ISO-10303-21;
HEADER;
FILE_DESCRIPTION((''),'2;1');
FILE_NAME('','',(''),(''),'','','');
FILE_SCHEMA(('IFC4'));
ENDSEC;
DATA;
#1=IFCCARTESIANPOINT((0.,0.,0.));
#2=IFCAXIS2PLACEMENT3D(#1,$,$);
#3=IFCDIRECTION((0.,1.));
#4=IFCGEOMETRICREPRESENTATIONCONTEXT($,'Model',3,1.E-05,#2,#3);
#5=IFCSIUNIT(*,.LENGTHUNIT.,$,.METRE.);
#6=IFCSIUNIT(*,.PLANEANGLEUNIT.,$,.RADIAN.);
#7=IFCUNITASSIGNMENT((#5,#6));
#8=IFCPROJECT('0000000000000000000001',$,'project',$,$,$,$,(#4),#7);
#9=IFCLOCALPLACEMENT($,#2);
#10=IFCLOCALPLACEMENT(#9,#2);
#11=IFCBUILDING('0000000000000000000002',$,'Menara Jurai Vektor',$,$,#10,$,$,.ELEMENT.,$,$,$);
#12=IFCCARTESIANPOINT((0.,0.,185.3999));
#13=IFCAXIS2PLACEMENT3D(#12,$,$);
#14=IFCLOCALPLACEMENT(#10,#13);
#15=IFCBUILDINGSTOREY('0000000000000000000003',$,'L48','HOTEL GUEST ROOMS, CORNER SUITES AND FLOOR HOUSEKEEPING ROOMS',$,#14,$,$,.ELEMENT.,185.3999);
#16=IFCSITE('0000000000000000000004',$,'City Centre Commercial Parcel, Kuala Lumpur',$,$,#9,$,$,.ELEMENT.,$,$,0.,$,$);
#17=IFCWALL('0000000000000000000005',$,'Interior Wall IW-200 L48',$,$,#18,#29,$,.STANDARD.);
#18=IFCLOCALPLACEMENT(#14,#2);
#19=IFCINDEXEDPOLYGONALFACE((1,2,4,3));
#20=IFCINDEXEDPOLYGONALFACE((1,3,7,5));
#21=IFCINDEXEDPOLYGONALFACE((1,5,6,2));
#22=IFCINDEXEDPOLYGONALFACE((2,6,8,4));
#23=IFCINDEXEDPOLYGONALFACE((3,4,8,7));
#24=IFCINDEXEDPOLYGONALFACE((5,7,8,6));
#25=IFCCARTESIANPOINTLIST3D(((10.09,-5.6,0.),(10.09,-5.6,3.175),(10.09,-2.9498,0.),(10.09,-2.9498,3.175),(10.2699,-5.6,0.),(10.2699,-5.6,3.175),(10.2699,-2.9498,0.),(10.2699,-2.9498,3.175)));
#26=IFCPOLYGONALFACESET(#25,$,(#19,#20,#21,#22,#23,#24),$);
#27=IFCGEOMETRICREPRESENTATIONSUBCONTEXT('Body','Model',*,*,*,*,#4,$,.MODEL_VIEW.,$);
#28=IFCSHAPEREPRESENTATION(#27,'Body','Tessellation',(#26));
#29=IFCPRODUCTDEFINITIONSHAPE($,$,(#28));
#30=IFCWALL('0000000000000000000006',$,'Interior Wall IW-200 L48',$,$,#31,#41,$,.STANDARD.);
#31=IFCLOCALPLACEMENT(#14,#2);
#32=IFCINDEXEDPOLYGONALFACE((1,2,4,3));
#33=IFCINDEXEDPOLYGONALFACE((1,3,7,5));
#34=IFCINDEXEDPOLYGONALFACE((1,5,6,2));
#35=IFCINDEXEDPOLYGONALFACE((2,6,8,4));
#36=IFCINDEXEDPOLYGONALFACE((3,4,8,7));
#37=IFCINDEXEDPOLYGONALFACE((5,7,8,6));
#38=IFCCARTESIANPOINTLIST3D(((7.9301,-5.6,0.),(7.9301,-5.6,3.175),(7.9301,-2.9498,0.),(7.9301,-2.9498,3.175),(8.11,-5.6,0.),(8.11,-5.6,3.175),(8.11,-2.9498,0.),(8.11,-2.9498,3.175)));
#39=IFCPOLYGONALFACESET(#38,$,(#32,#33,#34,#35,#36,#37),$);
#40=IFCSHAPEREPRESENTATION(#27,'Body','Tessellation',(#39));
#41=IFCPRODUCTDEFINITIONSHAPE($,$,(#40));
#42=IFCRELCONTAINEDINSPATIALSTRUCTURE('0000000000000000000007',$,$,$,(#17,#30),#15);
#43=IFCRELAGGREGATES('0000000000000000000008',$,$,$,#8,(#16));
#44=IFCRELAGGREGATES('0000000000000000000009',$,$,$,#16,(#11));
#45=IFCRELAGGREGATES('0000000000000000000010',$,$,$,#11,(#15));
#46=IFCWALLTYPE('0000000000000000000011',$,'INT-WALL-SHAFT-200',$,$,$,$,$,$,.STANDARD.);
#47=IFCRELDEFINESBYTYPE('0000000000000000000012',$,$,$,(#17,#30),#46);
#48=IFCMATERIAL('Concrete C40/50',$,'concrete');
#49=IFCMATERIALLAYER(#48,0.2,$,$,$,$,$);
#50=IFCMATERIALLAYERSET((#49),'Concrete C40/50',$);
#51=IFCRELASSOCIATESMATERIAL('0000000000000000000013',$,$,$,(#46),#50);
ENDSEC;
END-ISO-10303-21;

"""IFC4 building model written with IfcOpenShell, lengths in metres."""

from ifc_helpers import new_model, si_unit, direction, frame, frame_2d, origin, place, context, subcontext, project, spatial, rectangle, extrude, material, layer, layer_set, type_object, element, save


model = new_model("IFC4")

# Units and contexts
model_context = context("Model", 3, precision=1e-05, world=origin(), true_north=direction((0.0, 1.0)))
body_context = subcontext(model_context, "Body", "Model", "MODEL_VIEW")
ifc_project = project(units=[si_unit("LENGTHUNIT", "METRE"), si_unit("PLANEANGLEUNIT", "RADIAN")], contexts=[model_context])

# Site, building, storey
site_placement = place(None, origin())
site = spatial("IfcSite", under=ifc_project, at=site_placement, Name="City Centre Commercial Parcel, Kuala Lumpur", CompositionType="ELEMENT", RefElevation=0.0)
building_placement = place(site_placement, origin())
building = spatial("IfcBuilding", under=site, at=building_placement, Name="Menara Jurai Vektor", CompositionType="ELEMENT")
storey_placement = place(building_placement, frame((0.0, 0.0, 185.3999)))
storey = spatial("IfcBuildingStorey", under=building, at=storey_placement, Name="L48", Description="HOTEL GUEST ROOMS, CORNER SUITES AND FLOOR HOUSEKEEPING ROOMS", CompositionType="ELEMENT", Elevation=185.3999)

# Shared definitions
ifc_material_1 = material(Name="Concrete C40/50", Category="concrete")

# Shared definitions
ifc_layer_1 = layer(ifc_material_1, 0.2)
ifc_layer_set_1 = layer_set([ifc_layer_1], Name="Concrete C40/50")
wall_type_1 = type_object("IfcWallType", Name="INT-WALL-SHAFT-200", PredefinedType="STANDARD", material=ifc_layer_set_1)

# Walls
for number, where, z_axis, x_axis, name in (
    (1, (10.1799, -5.6001, 0.0), (0.0, 0.0, 1.0), (0.0, 1.0, 0.0), "Interior Wall IW-200 L48"),
    (2, (8.02, -5.6001, 0.0), (0.0, 0.0, 1.0), (0.0, 1.0, 0.0), "Interior Wall IW-200 L48"),
):
    element("IfcWall", number, at=place(storey_placement, frame(where, z_axis=z_axis, x_axis=x_axis)), inside=storey, type_object=wall_type_1, Name=name, PredefinedType="STANDARD", context=body_context, shape_type="SweptSolid", body=[
        extrude(rectangle(XDim=2.6501, YDim=0.1799, at=frame_2d((1.3252, 0.0))), origin(), (0.0, 0.0, 1.0), 3.175),
    ])

save(model, "model.ifc")
